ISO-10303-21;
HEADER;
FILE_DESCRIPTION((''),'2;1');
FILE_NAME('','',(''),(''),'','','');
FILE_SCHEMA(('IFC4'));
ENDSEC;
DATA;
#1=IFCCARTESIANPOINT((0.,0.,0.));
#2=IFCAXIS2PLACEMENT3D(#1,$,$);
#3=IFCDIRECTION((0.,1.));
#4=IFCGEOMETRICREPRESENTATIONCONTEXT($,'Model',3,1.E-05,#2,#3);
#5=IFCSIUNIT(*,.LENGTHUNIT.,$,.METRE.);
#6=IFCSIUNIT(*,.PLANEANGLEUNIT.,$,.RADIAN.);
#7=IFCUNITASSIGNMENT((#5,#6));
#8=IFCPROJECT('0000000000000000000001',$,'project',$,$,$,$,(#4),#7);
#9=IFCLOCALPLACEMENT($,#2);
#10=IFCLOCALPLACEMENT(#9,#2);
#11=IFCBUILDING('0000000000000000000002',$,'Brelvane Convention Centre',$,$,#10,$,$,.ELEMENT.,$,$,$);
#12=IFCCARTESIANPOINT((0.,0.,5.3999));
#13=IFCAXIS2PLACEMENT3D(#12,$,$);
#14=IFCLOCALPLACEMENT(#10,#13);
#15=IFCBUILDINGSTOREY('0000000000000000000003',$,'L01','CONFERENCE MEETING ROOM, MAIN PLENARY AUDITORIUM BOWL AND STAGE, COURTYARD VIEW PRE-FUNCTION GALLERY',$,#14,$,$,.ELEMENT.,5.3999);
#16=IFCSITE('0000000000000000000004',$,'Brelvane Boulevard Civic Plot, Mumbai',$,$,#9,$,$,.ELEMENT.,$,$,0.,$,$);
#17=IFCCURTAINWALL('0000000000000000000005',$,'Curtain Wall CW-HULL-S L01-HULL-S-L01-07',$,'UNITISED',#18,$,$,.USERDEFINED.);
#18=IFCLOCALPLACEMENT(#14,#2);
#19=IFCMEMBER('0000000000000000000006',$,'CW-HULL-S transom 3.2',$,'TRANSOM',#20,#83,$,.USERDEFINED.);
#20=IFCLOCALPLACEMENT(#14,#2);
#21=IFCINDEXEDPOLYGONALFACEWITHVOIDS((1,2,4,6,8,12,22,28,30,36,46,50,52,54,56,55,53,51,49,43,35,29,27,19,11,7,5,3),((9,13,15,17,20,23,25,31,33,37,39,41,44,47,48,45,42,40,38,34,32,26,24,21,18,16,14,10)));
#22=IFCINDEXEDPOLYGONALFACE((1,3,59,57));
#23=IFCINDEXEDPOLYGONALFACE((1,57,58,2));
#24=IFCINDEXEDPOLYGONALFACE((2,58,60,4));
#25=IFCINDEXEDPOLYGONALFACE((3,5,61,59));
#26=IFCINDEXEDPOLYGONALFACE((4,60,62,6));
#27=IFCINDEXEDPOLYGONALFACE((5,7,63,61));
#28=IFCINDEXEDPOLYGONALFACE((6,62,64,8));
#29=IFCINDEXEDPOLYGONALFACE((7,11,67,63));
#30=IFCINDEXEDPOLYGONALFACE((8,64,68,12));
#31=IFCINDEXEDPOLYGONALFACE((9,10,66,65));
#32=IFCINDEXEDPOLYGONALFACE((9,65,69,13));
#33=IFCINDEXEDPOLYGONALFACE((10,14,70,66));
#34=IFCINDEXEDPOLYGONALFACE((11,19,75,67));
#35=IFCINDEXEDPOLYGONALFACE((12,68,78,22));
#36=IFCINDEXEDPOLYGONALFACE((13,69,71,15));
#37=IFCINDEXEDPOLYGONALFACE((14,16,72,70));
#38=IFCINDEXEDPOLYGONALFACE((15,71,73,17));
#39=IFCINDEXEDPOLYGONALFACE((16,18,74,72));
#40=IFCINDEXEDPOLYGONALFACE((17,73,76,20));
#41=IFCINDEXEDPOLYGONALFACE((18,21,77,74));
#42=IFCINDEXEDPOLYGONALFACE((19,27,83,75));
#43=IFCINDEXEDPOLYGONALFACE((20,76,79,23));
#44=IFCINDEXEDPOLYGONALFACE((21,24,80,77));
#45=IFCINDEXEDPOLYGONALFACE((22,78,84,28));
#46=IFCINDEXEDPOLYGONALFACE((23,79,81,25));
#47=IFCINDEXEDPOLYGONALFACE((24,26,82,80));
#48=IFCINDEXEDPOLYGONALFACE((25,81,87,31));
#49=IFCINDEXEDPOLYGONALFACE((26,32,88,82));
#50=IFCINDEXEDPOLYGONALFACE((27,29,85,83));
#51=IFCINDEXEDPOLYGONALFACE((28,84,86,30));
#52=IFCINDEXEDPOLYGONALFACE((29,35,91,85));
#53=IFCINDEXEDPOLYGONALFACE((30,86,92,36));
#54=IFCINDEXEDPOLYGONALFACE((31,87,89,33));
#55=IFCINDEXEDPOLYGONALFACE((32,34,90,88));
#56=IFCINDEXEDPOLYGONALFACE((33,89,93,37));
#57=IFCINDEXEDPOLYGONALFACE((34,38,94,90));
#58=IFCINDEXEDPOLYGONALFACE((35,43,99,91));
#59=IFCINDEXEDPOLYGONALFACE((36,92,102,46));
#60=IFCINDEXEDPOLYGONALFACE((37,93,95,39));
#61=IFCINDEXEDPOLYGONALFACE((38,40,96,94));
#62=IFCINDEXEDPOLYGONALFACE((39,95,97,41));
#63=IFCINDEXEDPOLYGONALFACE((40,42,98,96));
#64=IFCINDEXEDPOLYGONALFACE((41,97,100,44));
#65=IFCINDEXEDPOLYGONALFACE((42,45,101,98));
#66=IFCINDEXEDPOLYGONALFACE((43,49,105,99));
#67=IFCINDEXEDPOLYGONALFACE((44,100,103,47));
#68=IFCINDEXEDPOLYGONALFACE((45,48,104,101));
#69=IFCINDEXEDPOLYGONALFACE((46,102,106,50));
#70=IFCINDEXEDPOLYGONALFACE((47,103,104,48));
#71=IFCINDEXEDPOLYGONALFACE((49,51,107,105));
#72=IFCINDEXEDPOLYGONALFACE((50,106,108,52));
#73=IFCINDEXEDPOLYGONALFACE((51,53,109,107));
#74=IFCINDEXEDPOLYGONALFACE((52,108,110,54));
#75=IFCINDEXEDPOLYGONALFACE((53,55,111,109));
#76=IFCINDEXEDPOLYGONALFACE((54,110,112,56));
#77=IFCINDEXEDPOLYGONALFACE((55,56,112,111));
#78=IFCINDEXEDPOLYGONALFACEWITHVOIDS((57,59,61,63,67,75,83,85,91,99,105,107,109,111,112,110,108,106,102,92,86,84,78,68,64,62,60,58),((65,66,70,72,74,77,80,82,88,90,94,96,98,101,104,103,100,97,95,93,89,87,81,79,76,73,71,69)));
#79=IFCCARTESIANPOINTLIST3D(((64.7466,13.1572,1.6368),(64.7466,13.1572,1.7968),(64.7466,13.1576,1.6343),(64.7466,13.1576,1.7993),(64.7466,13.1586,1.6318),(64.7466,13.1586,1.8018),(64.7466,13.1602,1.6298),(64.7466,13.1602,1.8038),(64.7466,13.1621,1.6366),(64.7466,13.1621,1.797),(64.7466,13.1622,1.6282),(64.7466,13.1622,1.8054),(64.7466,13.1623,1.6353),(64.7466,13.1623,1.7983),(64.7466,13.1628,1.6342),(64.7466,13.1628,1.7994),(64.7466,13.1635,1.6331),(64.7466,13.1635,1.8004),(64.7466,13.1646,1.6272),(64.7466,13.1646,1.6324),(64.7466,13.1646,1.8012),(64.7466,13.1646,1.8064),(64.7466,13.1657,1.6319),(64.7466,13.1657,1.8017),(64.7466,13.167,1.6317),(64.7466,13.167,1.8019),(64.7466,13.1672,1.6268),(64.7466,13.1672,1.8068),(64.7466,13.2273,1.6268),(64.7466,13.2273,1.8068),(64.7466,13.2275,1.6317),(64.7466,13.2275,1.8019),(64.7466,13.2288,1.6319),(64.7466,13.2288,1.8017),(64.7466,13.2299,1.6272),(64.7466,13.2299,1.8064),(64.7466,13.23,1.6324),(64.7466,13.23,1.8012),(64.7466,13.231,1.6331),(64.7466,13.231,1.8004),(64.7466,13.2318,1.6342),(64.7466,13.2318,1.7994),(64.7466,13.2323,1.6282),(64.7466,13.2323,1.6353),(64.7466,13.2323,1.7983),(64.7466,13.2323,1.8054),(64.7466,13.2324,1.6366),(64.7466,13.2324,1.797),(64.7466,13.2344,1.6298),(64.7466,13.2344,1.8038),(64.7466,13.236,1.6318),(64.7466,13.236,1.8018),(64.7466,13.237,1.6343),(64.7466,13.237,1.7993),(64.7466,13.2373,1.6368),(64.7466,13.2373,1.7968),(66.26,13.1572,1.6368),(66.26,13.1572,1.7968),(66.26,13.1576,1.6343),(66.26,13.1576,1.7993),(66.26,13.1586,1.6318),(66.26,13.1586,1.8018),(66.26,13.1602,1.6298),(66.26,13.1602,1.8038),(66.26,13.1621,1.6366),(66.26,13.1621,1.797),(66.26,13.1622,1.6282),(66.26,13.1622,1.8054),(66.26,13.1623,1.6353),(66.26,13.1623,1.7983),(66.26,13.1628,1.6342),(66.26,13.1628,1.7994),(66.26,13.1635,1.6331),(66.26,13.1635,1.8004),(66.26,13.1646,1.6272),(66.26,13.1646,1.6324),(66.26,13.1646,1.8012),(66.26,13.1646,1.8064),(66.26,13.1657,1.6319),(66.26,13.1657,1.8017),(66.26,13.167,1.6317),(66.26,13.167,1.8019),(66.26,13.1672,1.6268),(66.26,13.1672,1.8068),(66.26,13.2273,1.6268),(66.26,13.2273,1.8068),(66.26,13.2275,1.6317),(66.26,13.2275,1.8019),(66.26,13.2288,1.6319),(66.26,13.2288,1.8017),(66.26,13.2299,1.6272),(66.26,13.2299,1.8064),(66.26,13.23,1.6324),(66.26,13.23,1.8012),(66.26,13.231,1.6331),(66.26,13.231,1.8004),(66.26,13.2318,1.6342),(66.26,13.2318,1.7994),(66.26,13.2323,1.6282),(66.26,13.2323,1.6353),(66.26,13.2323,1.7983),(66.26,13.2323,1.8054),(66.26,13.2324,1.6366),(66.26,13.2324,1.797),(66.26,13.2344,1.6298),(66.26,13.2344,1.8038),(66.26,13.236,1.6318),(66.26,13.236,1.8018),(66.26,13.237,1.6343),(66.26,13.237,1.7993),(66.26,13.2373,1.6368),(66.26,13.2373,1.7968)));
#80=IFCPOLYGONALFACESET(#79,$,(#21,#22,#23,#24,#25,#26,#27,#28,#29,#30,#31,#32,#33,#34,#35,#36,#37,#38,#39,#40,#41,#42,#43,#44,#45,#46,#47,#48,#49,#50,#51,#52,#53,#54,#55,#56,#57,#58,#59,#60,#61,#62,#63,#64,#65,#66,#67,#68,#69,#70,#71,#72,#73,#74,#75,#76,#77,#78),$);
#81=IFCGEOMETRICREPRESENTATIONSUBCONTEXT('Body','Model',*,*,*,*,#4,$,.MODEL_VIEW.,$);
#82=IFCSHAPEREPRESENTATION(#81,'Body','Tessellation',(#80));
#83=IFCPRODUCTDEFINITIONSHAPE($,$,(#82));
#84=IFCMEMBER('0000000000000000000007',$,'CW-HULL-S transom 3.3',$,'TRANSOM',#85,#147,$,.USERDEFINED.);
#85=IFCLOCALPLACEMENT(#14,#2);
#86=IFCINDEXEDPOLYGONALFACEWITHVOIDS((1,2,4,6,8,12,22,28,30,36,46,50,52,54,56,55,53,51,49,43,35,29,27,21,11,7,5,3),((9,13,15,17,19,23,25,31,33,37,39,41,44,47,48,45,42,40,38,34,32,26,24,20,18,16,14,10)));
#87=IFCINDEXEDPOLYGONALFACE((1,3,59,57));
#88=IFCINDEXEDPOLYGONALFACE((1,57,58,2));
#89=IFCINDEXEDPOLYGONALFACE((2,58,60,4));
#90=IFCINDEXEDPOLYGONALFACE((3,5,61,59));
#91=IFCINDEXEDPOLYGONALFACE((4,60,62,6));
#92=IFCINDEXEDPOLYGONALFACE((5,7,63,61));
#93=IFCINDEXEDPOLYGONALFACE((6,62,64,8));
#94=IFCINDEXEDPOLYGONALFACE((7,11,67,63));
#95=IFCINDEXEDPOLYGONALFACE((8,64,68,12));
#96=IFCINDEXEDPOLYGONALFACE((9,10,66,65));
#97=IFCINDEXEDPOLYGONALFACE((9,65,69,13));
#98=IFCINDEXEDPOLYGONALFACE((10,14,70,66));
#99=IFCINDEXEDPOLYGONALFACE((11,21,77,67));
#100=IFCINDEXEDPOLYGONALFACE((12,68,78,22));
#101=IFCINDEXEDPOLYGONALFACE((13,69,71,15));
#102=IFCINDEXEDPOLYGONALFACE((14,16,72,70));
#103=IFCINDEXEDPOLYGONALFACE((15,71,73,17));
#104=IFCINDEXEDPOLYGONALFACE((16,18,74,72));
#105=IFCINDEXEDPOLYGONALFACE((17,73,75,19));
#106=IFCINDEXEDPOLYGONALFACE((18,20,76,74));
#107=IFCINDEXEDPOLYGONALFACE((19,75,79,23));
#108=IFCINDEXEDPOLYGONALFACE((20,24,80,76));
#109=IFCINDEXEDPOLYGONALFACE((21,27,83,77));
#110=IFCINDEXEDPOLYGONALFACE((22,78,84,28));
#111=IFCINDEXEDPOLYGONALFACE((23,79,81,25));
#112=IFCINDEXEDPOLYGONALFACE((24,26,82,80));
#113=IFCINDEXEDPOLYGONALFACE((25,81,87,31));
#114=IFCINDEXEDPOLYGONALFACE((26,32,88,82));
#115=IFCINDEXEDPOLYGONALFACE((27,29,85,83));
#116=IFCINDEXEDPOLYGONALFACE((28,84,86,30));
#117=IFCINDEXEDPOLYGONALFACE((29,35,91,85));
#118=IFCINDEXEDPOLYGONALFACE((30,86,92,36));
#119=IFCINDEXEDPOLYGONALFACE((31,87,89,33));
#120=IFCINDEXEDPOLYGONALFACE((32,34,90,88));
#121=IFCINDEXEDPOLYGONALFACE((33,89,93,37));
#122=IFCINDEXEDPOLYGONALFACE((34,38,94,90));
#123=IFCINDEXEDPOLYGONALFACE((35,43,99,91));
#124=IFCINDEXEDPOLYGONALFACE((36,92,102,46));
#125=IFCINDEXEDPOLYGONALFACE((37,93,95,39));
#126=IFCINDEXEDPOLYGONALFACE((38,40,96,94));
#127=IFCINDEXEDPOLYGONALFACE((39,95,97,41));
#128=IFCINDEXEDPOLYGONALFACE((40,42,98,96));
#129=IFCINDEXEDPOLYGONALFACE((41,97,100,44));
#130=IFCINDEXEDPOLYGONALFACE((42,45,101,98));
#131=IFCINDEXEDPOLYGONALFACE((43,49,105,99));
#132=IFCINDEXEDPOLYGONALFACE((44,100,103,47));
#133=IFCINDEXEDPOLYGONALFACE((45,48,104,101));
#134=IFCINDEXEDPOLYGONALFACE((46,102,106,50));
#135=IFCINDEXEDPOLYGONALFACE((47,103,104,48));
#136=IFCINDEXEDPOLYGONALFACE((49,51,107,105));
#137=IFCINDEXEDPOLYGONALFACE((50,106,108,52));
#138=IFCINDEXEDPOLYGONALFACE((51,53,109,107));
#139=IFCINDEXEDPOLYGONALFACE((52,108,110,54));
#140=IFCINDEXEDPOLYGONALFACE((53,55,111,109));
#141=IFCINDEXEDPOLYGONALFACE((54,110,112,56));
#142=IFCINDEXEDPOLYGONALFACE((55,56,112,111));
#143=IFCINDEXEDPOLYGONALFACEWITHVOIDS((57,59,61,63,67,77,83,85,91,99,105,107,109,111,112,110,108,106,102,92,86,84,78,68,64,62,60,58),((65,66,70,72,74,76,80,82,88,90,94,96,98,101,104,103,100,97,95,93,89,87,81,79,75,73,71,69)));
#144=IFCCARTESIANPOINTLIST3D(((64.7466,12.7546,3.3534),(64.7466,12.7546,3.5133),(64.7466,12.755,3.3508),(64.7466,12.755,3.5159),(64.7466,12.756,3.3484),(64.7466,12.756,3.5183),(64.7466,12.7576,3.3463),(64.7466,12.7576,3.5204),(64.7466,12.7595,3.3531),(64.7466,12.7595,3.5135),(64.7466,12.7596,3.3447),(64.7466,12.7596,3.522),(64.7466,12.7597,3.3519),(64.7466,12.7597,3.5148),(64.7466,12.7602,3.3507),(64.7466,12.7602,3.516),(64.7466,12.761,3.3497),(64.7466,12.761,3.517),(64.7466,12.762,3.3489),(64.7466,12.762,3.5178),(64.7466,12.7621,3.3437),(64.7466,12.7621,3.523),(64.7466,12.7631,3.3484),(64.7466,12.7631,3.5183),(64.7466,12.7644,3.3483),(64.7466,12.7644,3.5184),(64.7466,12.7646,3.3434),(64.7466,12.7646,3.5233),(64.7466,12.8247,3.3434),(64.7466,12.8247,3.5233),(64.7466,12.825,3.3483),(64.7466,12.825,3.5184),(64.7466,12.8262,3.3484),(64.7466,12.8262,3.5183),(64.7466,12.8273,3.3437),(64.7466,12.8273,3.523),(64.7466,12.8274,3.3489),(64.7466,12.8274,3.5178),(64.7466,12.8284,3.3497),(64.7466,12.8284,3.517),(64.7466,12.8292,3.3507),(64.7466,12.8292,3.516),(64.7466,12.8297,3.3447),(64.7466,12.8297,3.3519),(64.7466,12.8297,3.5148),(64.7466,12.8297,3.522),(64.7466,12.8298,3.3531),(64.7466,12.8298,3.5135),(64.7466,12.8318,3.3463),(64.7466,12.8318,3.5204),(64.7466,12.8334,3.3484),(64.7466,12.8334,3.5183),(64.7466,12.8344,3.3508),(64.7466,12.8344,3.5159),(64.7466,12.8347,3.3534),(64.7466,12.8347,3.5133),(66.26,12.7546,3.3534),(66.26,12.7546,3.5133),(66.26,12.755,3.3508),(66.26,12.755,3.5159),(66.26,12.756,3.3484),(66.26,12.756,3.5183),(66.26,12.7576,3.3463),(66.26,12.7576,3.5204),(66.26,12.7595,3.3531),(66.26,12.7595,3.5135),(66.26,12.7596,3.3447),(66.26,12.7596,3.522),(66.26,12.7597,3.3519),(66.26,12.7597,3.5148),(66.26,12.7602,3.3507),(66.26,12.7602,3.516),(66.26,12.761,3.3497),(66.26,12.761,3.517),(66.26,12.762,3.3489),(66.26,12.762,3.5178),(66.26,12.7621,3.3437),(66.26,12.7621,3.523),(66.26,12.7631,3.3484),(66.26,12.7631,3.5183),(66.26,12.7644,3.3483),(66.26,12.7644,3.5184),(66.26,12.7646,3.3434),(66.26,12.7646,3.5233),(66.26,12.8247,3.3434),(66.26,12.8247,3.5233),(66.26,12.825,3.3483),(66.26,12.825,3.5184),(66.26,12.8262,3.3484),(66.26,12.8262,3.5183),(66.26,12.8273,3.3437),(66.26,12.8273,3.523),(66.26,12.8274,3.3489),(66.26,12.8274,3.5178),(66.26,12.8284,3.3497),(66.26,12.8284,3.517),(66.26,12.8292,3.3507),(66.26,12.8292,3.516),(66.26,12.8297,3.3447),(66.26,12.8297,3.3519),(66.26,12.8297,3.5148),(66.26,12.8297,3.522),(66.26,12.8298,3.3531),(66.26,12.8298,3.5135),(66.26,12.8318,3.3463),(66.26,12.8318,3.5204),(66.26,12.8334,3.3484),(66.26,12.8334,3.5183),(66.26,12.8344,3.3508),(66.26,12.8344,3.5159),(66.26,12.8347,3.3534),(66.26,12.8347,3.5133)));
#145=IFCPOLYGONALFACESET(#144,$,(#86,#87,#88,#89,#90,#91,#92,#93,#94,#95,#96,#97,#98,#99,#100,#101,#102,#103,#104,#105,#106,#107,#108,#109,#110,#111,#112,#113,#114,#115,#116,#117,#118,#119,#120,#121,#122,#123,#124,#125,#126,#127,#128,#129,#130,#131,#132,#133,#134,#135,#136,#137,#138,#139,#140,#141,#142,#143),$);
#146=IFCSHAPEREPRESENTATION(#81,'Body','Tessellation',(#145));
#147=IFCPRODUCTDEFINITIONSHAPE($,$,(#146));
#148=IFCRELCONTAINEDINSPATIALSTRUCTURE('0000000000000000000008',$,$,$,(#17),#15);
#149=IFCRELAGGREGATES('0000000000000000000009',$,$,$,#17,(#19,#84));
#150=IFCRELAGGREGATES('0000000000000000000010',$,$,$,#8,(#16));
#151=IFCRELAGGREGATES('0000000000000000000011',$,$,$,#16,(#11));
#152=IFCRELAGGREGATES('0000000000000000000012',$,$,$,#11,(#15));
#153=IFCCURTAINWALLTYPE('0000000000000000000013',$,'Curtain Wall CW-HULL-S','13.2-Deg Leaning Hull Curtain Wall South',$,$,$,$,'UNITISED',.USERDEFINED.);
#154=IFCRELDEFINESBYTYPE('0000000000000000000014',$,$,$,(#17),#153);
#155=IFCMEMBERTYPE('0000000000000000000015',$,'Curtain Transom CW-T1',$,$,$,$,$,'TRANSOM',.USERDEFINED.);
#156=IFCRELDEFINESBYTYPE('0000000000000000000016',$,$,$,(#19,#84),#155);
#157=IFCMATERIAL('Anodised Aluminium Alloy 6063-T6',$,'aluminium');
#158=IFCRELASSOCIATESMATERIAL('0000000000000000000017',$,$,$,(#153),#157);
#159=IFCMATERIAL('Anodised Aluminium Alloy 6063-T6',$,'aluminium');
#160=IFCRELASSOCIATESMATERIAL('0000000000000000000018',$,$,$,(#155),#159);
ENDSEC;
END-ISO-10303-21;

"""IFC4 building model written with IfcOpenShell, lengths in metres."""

from ifc_helpers import new_model, si_unit, direction, frame, origin, origin_2d, place, context, subcontext, project, spatial, hollow_rectangle, extrude, material, material_profile, profile_set, type_object, element, aggregate, save


model = new_model("IFC4")

# Units and contexts
model_context = context("Model", 3, precision=1e-05, world=origin(), true_north=direction((0.0, 1.0)))
body_context = subcontext(model_context, "Body", "Model", "MODEL_VIEW")
ifc_project = project(units=[si_unit("LENGTHUNIT", "METRE"), si_unit("PLANEANGLEUNIT", "RADIAN")], contexts=[model_context])

# Site, building, storey
site_placement = place(None, origin())
site = spatial("IfcSite", under=ifc_project, at=site_placement, Name="Brelvane Boulevard Civic Plot, Mumbai", CompositionType="ELEMENT", RefElevation=0.0)
building_placement = place(site_placement, origin())
building = spatial("IfcBuilding", under=site, at=building_placement, Name="Brelvane Convention Centre", CompositionType="ELEMENT")
storey_placement = place(building_placement, frame((0.0, 0.0, 5.3999)))
storey = spatial("IfcBuildingStorey", under=building, at=storey_placement, Name="L01", Description="CONFERENCE MEETING ROOM, MAIN PLENARY AUDITORIUM BOWL AND STAGE, COURTYARD VIEW PRE-FUNCTION GALLERY", CompositionType="ELEMENT", Elevation=5.3999)

# Curtain wall, members
ifc_material_1 = material(Name="Anodised Aluminium Alloy 6063-T6", Category="aluminium")
curtain_wall_type = type_object("IfcCurtainWallType", Name="Curtain Wall CW-HULL-S", Description="13.2-Deg Leaning Hull Curtain Wall South", ElementType="UNITISED", PredefinedType="USERDEFINED", material=ifc_material_1)
ifc_material_2 = material(Name="Anodised Aluminium Alloy 6063-T6", Category="aluminium")
ifc_material_profile = material_profile(ifc_material_2, hollow_rectangle(XDim=0.0801, YDim=0.1799, WallThickness=0.0049, InnerFilletRadius=0.0049, OuterFilletRadius=0.01, at=origin_2d()), Name="ALU-T 180x80x5.0")
ifc_profile_set = profile_set([ifc_material_profile], Name="Anodised Aluminium Alloy 6063-T6")
member_type = type_object("IfcMemberType", Name="Curtain Transom CW-T1", ElementType="TRANSOM", PredefinedType="USERDEFINED", material=ifc_profile_set)
curtain_wall_1_placement = place(storey_placement, origin())
curtain_wall_1 = element("IfcCurtainWall", 1, at=curtain_wall_1_placement, inside=storey, type_object=curtain_wall_type, Name="Curtain Wall CW-HULL-S L01-HULL-S-L01-07", ObjectType="UNITISED", PredefinedType="USERDEFINED")
member_1_placement = place(storey_placement, frame((64.7466, 13.1973, 1.7168), z_axis=(1.0, 0.0, 0.0), x_axis=(0.0, 1.0, 0.0)))
member_1 = element("IfcMember", 2, at=member_1_placement, type_object=member_type, Name="CW-HULL-S transom 3.2", ObjectType="TRANSOM", PredefinedType="USERDEFINED", context=body_context, shape_type="SweptSolid", body=[
    extrude(hollow_rectangle(XDim=0.0801, YDim=0.1799, WallThickness=0.0049, InnerFilletRadius=0.0049, OuterFilletRadius=0.01, at=origin_2d()), origin(), (0.0, 0.0, 1.0), 1.5134),
])
member_2_placement = place(storey_placement, frame((64.7466, 12.7947, 3.4333), z_axis=(1.0, 0.0, 0.0), x_axis=(0.0, 1.0, 0.0)))
member_2 = element("IfcMember", 3, at=member_2_placement, type_object=member_type, Name="CW-HULL-S transom 3.3", ObjectType="TRANSOM", PredefinedType="USERDEFINED", context=body_context, shape_type="SweptSolid", body=[
    extrude(hollow_rectangle(XDim=0.0801, YDim=0.1799, WallThickness=0.0049, InnerFilletRadius=0.0049, OuterFilletRadius=0.01, at=origin_2d()), origin(), (0.0, 0.0, 1.0), 1.5134),
])

aggregate(curtain_wall_1, [member_1, member_2])

save(model, "model.ifc")
